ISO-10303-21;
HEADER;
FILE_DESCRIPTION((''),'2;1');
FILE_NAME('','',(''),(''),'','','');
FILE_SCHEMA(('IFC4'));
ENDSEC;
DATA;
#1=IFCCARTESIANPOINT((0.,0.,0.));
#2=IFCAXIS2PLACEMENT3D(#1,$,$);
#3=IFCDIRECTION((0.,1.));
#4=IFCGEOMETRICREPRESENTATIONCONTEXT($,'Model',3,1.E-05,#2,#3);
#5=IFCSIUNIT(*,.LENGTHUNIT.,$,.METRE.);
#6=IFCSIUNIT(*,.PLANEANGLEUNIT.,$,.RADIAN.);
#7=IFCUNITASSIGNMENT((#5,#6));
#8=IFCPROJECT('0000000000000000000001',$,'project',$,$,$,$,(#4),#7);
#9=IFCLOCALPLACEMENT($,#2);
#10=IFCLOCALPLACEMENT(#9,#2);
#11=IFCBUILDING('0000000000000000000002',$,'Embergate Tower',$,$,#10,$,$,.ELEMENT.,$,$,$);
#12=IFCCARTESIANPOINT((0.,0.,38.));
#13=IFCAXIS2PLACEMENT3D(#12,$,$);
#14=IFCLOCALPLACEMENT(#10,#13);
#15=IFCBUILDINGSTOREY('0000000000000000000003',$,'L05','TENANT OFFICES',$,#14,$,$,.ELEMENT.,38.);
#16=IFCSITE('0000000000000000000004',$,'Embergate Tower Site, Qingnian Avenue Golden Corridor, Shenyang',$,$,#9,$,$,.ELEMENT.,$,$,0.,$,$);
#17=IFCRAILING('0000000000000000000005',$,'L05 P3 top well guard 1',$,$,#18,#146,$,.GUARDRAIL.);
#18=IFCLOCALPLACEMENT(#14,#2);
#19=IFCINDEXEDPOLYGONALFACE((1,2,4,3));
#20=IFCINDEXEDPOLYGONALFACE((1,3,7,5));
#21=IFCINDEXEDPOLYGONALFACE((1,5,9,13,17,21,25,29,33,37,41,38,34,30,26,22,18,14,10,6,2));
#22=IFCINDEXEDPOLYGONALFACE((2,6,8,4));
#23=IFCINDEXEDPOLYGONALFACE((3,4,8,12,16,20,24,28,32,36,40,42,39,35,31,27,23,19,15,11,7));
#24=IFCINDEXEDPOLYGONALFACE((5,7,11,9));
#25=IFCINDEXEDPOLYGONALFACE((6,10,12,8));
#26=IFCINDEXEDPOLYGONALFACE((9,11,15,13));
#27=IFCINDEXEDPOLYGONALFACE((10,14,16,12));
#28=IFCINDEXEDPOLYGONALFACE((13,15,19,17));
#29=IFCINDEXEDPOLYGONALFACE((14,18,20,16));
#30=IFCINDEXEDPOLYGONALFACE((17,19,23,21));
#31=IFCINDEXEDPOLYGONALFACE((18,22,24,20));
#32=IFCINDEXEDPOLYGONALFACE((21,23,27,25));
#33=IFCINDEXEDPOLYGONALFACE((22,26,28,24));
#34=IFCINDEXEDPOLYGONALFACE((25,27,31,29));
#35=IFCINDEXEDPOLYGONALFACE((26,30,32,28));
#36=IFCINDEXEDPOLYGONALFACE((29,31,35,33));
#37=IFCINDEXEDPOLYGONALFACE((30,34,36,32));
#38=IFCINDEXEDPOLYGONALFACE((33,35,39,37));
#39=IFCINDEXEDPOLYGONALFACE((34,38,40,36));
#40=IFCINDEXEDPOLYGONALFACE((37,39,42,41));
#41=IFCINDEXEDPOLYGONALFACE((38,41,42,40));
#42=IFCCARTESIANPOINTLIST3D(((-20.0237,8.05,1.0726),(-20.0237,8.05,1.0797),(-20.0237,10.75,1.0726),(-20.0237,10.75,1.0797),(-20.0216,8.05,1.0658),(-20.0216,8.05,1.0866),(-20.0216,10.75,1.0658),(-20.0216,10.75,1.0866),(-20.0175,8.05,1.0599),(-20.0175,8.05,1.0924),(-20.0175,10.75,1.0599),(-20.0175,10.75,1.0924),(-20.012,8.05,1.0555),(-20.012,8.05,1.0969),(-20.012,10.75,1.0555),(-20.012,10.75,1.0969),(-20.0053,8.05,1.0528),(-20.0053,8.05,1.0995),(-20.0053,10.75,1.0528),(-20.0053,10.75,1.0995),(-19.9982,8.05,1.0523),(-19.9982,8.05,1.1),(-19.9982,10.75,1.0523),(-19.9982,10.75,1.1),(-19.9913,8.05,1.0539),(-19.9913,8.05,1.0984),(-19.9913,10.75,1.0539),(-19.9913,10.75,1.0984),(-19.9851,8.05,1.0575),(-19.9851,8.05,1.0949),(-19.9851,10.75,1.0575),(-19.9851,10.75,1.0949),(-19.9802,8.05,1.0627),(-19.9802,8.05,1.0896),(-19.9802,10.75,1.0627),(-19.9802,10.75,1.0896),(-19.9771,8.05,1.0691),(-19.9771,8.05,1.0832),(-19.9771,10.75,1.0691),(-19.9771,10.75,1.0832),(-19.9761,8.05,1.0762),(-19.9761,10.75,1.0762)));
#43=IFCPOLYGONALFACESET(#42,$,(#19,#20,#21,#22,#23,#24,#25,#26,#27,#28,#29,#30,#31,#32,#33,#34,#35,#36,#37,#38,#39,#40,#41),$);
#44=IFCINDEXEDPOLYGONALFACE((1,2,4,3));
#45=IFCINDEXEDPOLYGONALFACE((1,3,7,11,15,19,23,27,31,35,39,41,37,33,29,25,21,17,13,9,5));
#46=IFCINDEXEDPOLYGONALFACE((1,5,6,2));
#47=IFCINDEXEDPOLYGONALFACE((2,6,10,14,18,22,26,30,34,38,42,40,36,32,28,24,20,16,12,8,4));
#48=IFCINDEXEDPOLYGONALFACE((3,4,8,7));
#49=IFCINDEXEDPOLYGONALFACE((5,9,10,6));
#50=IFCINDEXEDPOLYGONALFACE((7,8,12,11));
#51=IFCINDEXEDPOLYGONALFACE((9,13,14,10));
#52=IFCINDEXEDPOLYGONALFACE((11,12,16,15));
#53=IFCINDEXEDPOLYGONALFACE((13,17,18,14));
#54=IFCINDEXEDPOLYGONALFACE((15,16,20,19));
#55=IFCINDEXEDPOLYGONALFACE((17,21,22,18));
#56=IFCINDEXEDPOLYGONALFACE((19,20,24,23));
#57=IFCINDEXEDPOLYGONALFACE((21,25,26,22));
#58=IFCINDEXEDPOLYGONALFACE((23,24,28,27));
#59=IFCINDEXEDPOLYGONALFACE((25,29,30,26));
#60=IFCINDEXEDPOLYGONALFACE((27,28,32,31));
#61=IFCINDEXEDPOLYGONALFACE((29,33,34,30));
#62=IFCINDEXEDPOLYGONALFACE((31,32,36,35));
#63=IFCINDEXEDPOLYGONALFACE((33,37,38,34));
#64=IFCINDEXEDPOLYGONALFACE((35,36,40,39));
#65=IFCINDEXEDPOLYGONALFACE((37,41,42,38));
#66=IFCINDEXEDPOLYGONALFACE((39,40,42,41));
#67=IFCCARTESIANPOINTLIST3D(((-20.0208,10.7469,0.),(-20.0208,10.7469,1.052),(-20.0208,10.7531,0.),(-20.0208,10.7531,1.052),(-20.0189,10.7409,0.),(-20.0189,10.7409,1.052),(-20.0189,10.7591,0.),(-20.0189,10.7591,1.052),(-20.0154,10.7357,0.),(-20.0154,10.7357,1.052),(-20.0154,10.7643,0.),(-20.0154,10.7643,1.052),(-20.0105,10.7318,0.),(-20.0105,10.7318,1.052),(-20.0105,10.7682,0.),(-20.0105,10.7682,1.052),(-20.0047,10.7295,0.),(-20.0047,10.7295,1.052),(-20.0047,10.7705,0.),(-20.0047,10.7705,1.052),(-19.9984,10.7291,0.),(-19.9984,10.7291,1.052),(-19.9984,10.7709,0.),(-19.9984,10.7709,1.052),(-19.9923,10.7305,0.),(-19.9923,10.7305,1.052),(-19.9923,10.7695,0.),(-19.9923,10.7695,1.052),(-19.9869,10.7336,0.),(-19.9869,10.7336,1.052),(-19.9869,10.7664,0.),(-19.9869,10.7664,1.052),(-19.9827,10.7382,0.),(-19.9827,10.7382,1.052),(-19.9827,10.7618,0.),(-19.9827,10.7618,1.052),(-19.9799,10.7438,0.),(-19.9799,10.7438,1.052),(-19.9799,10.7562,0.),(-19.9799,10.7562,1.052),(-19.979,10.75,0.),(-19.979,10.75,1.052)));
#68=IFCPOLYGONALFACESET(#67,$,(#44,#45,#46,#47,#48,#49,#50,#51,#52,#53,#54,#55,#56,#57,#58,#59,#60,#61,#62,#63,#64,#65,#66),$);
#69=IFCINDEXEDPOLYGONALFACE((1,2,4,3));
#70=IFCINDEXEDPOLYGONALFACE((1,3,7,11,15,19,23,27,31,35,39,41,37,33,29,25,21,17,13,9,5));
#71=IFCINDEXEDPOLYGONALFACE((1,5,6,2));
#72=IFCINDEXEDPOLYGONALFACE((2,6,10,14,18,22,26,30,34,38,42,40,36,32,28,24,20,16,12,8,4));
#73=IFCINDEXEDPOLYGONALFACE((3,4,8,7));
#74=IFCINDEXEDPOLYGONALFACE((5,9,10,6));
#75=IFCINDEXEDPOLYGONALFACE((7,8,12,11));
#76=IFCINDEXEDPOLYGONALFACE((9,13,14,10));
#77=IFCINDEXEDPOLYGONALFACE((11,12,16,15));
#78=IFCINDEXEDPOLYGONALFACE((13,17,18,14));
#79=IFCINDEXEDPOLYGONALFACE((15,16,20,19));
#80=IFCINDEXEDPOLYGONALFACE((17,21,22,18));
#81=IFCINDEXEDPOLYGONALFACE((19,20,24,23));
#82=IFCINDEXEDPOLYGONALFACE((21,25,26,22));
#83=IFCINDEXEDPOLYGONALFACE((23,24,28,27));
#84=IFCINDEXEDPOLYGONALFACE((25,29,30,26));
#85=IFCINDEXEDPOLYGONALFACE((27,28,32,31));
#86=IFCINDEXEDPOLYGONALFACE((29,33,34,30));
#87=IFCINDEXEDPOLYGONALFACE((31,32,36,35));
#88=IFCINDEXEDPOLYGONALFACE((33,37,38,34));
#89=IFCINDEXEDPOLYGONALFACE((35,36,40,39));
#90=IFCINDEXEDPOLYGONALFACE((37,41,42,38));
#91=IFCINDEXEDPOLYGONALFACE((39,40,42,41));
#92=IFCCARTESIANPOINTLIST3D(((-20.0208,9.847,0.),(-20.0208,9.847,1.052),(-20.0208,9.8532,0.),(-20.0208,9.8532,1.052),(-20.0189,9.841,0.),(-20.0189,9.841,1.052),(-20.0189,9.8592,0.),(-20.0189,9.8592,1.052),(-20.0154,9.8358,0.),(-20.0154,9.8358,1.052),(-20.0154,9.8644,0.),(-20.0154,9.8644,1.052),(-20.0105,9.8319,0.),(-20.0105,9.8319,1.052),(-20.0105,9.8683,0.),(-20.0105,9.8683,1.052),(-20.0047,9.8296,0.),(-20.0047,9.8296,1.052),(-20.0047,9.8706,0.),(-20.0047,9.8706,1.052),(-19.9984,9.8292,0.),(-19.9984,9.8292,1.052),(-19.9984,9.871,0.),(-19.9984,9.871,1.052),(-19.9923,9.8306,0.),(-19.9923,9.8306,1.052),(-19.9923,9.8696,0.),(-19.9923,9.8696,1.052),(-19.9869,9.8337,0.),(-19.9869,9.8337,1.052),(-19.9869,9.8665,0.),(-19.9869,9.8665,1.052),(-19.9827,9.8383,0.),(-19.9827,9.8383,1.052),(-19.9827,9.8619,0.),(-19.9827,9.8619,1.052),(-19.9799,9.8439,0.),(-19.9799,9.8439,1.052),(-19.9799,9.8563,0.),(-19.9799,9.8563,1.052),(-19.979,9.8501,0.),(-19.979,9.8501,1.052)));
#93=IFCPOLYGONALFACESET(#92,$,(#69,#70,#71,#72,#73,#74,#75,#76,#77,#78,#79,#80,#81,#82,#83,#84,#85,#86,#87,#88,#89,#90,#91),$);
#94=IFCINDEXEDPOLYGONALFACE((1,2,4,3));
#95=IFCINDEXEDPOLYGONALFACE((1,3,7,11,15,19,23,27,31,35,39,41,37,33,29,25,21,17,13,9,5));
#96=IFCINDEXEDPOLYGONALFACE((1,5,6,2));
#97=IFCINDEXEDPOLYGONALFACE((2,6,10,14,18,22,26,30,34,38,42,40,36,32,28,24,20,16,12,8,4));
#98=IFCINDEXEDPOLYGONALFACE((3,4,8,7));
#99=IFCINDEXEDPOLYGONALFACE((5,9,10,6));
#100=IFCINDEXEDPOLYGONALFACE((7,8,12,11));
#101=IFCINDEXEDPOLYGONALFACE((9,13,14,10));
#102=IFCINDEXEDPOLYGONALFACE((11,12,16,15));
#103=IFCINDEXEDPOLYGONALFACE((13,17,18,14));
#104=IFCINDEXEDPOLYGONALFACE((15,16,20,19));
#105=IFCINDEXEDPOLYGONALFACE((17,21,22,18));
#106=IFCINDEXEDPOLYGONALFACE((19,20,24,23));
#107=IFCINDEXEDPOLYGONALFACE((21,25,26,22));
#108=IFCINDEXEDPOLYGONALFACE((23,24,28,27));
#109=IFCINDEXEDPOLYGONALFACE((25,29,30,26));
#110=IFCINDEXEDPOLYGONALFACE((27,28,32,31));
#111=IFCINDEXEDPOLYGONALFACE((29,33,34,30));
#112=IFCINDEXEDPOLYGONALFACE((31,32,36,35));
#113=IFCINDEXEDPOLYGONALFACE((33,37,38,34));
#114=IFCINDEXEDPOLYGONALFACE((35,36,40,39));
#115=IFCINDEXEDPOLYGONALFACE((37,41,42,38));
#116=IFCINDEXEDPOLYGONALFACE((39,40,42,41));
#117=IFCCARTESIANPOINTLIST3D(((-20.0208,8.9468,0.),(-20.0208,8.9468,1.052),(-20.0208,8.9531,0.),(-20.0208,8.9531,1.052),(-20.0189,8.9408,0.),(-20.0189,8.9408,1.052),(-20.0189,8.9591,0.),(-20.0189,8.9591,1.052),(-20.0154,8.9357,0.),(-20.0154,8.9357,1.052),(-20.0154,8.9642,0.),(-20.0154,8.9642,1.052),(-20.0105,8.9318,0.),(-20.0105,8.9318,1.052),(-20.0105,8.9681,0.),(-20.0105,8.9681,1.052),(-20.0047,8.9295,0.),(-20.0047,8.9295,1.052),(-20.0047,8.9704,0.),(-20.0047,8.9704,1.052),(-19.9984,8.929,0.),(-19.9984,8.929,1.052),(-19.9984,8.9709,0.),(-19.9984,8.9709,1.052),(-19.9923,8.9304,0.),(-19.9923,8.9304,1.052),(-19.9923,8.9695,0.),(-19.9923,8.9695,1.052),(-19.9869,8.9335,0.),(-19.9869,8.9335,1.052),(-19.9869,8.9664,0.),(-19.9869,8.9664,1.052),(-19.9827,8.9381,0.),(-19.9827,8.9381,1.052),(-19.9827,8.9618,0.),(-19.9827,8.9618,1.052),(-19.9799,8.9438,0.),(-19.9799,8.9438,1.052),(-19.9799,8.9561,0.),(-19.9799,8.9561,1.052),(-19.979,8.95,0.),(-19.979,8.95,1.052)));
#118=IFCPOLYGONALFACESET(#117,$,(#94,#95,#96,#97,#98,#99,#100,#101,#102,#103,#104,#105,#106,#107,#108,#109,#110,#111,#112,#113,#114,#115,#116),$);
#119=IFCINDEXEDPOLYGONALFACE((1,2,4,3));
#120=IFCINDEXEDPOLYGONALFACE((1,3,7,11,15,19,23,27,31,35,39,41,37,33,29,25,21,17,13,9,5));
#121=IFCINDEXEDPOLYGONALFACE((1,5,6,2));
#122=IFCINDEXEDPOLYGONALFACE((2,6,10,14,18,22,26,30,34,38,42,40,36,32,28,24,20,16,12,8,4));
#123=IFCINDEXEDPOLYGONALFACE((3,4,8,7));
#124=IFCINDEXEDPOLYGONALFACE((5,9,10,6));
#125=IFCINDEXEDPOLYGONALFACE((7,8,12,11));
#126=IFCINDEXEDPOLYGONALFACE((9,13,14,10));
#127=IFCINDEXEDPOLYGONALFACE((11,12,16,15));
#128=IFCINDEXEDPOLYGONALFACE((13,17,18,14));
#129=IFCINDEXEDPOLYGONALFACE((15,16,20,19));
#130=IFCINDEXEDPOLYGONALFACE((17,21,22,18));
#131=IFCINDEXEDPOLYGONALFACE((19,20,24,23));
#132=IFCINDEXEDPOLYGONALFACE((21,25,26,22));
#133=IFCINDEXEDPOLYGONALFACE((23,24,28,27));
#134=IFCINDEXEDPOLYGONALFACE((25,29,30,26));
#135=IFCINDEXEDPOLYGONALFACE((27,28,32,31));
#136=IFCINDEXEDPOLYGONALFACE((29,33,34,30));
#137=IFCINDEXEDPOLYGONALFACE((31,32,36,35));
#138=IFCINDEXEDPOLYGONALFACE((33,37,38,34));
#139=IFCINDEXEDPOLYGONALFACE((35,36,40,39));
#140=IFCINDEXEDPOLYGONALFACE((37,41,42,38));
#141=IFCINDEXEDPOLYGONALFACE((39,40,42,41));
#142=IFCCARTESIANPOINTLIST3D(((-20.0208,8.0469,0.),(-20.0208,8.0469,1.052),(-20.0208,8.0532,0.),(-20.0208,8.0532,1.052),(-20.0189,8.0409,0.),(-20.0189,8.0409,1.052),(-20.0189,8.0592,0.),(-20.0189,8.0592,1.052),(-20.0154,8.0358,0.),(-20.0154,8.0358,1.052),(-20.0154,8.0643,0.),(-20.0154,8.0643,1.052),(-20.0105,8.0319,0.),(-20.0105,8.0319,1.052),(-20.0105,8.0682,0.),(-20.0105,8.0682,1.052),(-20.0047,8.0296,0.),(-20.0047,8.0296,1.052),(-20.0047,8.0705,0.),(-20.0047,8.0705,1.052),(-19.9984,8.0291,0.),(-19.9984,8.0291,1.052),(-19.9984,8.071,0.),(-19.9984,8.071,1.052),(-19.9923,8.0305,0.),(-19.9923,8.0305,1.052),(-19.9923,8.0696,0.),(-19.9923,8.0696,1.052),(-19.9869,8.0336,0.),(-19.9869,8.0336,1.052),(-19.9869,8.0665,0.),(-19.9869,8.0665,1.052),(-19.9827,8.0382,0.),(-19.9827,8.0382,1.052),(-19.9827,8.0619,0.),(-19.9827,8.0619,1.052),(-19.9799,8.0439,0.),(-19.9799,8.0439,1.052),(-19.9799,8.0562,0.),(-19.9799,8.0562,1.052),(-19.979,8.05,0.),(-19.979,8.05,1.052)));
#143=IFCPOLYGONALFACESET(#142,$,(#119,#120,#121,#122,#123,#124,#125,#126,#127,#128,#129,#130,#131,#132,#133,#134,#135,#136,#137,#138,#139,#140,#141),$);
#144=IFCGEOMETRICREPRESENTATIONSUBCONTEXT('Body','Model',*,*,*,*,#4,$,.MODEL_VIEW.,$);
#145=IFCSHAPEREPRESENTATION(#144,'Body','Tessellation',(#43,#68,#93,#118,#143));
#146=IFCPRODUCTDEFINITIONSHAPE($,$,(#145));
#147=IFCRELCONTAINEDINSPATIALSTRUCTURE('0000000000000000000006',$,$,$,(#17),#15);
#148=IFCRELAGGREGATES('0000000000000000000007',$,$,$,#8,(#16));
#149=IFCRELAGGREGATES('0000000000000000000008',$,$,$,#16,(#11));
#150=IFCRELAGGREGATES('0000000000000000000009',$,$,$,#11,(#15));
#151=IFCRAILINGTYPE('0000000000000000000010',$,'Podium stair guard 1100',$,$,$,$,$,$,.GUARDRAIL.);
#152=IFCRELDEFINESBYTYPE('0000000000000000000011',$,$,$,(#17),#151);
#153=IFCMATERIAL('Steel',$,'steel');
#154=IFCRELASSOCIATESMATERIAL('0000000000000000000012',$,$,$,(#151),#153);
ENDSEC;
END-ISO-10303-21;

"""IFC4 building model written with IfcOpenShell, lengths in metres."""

from ifc_helpers import new_model, si_unit, direction, frame, origin, origin_2d, place, context, subcontext, project, spatial, circle, extrude, source, transform, mapped, material, type_object, element, save


model = new_model("IFC4")

# Units and contexts
model_context = context("Model", 3, precision=1e-05, world=origin(), true_north=direction((0.0, 1.0)))
body_context = subcontext(model_context, "Body", "Model", "MODEL_VIEW")
ifc_project = project(units=[si_unit("LENGTHUNIT", "METRE"), si_unit("PLANEANGLEUNIT", "RADIAN")], contexts=[model_context])

# Site, building, storey
site_placement = place(None, origin())
site = spatial("IfcSite", under=ifc_project, at=site_placement, Name="Embergate Tower Site, Qingnian Avenue Golden Corridor, Shenyang", CompositionType="ELEMENT", RefElevation=0.0)
building_placement = place(site_placement, origin())
building = spatial("IfcBuilding", under=site, at=building_placement, Name="Embergate Tower", CompositionType="ELEMENT")
storey_placement = place(building_placement, frame((0.0, 0.0, 38.0)))
storey = spatial("IfcBuildingStorey", under=building, at=storey_placement, Name="L05", Description="TENANT OFFICES", CompositionType="ELEMENT", Elevation=38.0)

# Railing
ifc_material_1 = material(Name="Steel", Category="steel")
railing_type = type_object("IfcRailingType", Name="Podium stair guard 1100", PredefinedType="GUARDRAIL", material=ifc_material_1)
shared_shape_1 = source(origin(), body_context, "Body", "SweptSolid", [
    extrude(circle(Radius=0.0239, at=origin_2d()), frame((0.0, 0.0, 1.0762), z_axis=(0.0, -1.0, 0.0), x_axis=(1.0, 0.0, 0.0)), (0.0, 0.0, 1.0), 2.7),
    extrude(circle(Radius=0.021, at=origin_2d()), origin(), (0.0, 0.0, 1.0), 1.052),
    extrude(circle(Radius=0.021, at=origin_2d()), frame((0.0, -0.8999, 0.0)), (0.0, 0.0, 1.0), 1.052),
    extrude(circle(Radius=0.021, at=origin_2d()), frame((0.0, -1.8, 0.0)), (0.0, 0.0, 1.0), 1.052),
    extrude(circle(Radius=0.021, at=origin_2d()), frame((0.0, -2.7, 0.0)), (0.0, 0.0, 1.0), 1.052),
])
railing_placement = place(storey_placement, frame((-20.0, 10.75, 0.0)))
element("IfcRailing", 1, at=railing_placement, inside=storey, type_object=railing_type, Name="L05 P3 top well guard 1", PredefinedType="GUARDRAIL", context=body_context, shape_type="MappedRepresentation", body=[
    mapped(shared_shape_1, transform((0.0, 0.0, 0.0))),
])

save(model, "model.ifc")
